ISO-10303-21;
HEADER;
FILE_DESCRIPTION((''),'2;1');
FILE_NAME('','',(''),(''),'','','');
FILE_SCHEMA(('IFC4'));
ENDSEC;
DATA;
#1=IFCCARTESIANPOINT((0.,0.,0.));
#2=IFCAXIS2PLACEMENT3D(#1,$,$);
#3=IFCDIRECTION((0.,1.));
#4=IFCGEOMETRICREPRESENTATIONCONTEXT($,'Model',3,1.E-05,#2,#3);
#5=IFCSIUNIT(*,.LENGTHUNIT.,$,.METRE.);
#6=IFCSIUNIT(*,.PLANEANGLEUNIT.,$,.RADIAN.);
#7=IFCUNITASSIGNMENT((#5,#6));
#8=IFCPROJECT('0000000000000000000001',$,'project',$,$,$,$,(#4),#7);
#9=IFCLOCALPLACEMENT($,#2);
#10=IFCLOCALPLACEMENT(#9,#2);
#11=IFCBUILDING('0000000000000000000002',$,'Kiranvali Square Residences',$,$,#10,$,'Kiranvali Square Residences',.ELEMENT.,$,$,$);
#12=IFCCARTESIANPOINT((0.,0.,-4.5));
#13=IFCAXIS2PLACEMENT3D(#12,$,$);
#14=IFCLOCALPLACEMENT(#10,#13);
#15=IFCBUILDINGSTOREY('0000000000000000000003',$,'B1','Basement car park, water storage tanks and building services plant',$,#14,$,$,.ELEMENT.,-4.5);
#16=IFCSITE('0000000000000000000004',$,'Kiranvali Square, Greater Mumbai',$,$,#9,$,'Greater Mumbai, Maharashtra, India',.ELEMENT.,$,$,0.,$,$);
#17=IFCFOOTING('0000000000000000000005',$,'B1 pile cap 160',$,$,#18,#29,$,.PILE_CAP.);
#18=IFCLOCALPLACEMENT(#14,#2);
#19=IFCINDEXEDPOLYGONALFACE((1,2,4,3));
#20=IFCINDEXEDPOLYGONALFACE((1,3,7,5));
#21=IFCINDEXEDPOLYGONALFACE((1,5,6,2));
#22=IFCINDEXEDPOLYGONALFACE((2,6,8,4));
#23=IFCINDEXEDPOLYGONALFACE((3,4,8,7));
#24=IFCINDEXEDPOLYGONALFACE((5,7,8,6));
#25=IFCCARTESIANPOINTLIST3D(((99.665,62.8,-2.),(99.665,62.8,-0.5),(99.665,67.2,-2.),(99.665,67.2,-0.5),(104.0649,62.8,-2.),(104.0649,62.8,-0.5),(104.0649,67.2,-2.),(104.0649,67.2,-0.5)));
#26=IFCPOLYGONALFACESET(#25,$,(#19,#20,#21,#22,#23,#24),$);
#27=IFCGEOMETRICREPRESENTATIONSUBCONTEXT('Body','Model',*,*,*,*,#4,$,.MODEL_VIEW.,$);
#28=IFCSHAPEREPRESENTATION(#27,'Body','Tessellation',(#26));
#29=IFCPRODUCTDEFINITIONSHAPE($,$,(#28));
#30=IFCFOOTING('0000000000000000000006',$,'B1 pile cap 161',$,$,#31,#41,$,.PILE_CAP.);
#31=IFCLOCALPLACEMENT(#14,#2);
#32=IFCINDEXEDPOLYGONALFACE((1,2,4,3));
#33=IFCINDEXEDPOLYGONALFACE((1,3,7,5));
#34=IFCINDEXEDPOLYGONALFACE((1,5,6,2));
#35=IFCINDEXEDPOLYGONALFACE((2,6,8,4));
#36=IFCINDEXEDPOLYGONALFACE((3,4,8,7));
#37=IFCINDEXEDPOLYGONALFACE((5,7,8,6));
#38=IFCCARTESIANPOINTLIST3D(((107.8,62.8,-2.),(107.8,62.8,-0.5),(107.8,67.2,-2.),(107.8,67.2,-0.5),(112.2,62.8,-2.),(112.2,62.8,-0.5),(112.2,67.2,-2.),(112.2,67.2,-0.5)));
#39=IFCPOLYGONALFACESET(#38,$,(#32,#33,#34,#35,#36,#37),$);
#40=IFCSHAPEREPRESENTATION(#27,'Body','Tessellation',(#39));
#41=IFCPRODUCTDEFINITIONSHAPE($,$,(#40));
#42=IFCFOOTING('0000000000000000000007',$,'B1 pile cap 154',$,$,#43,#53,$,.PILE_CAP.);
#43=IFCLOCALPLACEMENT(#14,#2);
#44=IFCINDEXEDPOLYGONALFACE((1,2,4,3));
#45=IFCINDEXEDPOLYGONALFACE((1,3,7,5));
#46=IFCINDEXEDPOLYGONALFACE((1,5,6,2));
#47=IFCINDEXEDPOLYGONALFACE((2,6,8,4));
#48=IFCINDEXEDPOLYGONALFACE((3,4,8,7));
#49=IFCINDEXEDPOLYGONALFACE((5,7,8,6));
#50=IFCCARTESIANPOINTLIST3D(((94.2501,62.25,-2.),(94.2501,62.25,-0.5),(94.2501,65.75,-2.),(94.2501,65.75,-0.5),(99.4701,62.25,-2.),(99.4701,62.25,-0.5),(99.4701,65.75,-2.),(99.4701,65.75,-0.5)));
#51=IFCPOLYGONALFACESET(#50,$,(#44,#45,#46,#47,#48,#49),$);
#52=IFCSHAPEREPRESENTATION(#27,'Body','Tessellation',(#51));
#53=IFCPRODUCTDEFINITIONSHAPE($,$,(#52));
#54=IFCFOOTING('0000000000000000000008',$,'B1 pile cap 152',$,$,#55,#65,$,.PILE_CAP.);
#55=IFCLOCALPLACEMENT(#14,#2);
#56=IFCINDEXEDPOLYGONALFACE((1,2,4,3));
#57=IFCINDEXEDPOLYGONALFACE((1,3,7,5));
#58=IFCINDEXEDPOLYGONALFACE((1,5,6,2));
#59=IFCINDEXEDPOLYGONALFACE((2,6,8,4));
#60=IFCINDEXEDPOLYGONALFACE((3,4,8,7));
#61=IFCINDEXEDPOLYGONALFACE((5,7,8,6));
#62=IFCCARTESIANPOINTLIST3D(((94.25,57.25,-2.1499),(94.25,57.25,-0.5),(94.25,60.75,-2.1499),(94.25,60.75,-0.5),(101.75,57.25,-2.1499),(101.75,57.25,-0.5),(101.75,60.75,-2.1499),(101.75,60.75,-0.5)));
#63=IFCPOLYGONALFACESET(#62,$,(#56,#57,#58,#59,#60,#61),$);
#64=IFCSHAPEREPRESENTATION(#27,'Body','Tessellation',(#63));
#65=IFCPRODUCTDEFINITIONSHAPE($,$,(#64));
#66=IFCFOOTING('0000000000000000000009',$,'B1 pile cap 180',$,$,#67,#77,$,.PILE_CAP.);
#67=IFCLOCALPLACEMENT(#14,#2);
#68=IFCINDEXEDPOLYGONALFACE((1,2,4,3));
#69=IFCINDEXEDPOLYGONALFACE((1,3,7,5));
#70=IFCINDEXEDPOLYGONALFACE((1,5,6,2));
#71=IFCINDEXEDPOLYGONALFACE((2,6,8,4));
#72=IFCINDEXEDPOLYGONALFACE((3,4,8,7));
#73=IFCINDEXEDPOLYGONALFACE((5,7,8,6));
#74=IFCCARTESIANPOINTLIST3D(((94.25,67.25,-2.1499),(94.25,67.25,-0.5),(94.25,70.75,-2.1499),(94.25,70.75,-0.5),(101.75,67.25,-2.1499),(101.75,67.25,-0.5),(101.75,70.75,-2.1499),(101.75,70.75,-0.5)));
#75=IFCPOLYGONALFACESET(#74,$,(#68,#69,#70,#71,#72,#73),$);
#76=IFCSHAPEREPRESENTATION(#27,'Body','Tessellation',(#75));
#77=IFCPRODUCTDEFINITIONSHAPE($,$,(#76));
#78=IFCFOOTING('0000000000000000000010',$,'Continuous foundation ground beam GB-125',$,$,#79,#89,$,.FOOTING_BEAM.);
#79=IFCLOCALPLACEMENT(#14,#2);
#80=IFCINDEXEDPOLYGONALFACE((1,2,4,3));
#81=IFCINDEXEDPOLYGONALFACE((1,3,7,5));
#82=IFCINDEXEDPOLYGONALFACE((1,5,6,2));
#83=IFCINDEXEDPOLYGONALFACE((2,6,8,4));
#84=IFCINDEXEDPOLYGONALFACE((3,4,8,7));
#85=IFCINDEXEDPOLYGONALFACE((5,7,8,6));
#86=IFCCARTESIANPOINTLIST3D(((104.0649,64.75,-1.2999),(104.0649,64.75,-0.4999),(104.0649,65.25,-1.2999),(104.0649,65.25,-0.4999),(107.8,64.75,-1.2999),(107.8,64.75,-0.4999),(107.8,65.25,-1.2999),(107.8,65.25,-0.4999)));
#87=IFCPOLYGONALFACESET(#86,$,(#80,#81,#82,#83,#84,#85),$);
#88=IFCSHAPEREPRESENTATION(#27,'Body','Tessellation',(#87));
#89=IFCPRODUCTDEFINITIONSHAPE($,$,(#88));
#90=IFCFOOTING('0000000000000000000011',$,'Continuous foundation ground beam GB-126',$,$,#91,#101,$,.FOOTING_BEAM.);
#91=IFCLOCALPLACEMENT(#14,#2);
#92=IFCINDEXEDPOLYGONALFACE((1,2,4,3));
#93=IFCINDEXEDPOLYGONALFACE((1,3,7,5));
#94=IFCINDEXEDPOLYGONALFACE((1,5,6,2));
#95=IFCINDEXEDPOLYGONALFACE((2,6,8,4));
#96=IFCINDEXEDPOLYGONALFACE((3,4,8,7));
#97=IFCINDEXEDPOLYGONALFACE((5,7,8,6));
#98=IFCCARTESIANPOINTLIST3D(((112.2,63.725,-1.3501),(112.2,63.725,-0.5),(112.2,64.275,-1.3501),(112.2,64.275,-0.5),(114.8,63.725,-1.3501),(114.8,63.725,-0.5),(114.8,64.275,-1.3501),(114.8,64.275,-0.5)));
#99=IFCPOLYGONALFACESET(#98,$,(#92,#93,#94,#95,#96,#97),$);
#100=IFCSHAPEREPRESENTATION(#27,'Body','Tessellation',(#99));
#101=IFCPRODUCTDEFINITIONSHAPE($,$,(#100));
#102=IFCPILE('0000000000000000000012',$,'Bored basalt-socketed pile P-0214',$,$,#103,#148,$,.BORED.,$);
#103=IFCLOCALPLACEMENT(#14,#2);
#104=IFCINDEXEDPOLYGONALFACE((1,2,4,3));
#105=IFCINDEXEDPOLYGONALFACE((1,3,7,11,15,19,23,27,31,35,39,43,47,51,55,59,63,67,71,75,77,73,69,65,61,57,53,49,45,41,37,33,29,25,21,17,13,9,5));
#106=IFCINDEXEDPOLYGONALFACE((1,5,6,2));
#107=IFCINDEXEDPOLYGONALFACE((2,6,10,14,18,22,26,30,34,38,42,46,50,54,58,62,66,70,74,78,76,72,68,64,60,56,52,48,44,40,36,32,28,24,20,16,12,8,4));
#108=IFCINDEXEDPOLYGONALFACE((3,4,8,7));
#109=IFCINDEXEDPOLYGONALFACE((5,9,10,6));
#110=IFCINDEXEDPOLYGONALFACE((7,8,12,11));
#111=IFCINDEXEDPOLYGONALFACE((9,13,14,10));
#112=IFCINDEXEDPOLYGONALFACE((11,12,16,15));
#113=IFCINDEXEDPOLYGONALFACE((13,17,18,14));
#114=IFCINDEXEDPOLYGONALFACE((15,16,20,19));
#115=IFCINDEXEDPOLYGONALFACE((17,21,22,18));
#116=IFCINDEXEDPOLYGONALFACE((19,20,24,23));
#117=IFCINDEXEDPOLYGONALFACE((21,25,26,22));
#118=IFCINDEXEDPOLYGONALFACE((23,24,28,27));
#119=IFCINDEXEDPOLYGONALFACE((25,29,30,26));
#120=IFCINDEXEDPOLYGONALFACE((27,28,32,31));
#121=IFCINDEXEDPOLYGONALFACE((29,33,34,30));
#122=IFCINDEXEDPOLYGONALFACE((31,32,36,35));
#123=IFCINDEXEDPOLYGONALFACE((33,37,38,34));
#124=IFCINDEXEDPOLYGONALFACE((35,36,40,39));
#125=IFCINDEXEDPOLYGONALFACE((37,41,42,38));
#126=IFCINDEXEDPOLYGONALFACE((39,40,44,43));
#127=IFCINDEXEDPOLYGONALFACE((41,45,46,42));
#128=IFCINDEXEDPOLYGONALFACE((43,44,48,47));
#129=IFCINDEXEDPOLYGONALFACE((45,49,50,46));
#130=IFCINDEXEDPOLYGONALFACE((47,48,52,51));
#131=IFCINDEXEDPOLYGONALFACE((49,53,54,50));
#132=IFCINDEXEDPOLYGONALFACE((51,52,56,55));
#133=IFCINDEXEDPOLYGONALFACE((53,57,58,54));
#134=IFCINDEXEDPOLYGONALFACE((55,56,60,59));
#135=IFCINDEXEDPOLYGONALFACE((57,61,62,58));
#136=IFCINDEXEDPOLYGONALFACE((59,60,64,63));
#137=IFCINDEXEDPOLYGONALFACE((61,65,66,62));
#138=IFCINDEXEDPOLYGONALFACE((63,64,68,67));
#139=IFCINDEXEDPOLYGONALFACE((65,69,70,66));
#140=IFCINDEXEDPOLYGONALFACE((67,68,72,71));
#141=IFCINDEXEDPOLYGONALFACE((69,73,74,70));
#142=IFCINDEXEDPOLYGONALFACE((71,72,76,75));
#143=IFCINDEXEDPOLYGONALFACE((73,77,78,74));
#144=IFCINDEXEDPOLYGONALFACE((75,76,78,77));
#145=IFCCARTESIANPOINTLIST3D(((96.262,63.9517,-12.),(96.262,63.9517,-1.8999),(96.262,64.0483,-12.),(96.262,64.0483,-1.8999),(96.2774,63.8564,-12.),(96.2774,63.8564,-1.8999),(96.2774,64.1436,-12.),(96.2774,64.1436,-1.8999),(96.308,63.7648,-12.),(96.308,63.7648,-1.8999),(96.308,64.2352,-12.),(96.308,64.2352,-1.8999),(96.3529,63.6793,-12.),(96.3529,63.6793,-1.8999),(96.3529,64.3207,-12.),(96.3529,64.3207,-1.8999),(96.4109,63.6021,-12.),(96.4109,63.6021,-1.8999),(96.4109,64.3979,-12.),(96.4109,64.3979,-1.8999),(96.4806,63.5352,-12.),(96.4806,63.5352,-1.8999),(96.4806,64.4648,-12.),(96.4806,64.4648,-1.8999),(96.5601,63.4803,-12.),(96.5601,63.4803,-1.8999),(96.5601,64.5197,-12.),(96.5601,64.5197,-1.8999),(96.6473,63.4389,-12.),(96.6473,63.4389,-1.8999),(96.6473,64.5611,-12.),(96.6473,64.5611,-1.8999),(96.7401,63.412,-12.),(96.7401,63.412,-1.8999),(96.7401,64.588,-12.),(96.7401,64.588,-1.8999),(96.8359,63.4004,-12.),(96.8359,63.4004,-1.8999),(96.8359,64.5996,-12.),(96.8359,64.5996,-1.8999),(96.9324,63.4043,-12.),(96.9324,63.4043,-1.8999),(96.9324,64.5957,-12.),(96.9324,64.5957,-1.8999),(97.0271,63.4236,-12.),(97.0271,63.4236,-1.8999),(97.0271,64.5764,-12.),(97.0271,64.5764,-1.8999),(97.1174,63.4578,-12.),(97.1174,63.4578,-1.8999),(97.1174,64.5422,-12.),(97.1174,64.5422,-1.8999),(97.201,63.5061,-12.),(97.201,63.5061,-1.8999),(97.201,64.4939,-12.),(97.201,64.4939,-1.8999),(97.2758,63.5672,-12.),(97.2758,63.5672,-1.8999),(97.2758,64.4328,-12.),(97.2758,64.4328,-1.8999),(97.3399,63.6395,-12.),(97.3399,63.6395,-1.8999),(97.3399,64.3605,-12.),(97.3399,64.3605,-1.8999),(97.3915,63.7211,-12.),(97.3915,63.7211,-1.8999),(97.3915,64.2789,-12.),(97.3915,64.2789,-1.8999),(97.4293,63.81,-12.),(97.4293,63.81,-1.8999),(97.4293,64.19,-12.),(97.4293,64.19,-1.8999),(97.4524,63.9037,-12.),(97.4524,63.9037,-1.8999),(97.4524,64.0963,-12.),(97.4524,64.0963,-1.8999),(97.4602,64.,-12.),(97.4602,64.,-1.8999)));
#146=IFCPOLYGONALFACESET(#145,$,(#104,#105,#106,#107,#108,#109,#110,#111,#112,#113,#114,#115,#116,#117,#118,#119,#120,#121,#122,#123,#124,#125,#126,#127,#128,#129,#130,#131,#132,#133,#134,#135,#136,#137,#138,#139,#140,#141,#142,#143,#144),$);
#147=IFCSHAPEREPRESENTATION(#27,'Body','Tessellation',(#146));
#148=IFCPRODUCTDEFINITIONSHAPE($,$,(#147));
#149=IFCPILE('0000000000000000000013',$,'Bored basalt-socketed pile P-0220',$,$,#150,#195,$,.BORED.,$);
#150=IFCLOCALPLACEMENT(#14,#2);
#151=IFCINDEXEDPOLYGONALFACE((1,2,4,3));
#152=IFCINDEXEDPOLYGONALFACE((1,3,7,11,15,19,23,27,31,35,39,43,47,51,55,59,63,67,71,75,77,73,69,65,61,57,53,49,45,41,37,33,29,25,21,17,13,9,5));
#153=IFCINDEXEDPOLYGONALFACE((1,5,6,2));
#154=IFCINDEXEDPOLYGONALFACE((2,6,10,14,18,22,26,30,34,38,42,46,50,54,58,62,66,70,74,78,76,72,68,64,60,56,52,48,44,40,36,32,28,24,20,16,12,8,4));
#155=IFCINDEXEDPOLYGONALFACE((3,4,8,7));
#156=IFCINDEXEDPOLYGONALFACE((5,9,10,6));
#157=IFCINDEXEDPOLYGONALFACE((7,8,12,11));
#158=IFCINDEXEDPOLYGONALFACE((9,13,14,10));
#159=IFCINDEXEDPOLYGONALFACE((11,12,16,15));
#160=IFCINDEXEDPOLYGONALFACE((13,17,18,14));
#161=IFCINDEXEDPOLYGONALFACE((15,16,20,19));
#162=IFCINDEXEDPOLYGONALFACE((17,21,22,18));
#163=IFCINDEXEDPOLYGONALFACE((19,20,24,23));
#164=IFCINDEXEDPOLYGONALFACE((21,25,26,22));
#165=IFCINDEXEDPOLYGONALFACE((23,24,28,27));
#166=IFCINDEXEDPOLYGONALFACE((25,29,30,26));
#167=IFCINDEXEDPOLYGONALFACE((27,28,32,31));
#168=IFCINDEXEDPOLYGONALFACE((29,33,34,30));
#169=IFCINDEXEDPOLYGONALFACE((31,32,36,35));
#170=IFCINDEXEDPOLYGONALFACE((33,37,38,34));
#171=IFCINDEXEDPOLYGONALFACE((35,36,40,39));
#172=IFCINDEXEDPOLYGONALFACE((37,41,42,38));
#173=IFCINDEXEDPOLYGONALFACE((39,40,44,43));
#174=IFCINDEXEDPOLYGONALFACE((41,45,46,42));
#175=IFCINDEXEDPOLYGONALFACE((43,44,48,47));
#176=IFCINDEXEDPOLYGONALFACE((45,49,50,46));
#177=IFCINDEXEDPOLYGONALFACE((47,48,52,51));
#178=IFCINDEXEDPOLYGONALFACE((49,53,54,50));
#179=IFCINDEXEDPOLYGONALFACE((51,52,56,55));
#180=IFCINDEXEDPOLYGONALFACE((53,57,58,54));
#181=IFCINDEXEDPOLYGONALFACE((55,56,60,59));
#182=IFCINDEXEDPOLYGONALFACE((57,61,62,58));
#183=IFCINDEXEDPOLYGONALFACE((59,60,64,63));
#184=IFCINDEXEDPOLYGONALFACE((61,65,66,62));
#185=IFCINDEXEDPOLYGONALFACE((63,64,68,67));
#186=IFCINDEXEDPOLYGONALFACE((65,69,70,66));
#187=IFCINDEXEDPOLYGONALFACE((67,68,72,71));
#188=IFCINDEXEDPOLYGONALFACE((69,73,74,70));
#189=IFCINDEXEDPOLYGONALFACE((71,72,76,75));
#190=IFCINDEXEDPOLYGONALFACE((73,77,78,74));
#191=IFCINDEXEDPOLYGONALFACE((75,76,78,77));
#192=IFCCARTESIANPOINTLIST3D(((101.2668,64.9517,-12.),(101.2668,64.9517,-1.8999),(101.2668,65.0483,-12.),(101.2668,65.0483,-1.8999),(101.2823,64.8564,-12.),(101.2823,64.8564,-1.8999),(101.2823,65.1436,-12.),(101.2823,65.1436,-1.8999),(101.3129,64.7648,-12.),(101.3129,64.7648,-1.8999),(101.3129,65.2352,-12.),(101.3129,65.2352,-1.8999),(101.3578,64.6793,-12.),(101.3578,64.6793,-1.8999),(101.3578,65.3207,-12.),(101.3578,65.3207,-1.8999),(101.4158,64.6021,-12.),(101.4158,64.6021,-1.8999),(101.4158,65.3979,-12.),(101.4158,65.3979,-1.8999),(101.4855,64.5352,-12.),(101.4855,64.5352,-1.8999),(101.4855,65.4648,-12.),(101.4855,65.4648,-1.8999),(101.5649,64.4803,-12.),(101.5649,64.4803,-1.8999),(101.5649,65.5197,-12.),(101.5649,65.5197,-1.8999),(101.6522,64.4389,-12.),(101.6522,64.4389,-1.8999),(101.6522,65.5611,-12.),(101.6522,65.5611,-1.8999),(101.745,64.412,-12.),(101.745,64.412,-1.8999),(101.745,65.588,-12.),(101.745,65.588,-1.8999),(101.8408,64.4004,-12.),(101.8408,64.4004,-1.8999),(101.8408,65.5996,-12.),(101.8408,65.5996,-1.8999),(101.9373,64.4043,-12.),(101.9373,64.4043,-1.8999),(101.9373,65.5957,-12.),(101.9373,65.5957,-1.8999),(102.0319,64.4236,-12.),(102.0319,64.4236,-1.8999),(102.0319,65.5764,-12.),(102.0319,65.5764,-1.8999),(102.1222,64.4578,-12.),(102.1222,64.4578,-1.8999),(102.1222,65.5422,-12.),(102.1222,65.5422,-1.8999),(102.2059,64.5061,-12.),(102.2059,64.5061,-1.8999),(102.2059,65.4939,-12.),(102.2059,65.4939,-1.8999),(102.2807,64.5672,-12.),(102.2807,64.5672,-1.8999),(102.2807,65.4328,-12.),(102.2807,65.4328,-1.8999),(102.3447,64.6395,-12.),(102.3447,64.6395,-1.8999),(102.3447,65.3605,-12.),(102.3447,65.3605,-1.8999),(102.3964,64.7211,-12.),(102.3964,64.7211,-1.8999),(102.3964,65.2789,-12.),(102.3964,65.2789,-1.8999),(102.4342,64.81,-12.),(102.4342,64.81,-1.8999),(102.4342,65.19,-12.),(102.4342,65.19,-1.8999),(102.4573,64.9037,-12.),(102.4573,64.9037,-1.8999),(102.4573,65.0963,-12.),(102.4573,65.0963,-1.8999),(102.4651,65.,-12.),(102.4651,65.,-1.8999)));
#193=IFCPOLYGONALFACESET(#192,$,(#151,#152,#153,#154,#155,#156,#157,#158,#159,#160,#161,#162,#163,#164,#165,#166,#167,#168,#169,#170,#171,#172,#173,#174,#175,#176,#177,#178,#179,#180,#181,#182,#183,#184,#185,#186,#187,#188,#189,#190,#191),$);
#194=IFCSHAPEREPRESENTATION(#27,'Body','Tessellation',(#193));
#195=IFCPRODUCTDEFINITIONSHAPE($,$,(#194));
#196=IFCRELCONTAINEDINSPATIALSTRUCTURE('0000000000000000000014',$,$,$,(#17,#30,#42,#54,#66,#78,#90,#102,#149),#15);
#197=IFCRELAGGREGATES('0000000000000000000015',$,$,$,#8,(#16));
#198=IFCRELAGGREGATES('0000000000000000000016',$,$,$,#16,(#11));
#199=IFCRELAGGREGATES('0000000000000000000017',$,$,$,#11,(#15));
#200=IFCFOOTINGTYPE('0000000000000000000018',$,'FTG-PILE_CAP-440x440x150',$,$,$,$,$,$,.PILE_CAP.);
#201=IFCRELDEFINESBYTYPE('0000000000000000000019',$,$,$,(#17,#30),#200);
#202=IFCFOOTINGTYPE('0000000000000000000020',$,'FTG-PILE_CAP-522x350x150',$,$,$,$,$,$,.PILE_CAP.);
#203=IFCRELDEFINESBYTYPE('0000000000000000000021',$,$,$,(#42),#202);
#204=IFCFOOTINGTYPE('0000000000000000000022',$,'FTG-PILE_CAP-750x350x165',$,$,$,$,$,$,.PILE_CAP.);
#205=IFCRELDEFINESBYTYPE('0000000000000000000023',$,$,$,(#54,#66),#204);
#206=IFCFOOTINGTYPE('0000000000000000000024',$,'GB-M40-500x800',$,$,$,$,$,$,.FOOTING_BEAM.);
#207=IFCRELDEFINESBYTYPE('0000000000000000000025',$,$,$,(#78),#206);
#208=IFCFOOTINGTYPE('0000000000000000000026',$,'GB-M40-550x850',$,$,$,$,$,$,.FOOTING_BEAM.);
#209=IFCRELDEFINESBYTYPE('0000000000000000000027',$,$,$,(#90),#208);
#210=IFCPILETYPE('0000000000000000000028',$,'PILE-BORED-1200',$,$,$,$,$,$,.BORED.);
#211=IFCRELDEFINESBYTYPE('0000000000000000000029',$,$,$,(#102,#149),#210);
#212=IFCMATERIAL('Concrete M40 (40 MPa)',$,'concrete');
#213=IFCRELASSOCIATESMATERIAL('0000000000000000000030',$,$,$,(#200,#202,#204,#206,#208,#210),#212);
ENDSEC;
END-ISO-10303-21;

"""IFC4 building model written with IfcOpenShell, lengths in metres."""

from ifc_helpers import new_model, si_unit, direction, frame, origin, origin_2d, place, context, subcontext, project, spatial, rectangle, circle, extrude, material, material_profile, profile_set, type_object, element, save


model = new_model("IFC4")

# Units and contexts
model_context = context("Model", 3, precision=1e-05, world=origin(), true_north=direction((0.0, 1.0)))
body_context = subcontext(model_context, "Body", "Model", "MODEL_VIEW")
ifc_project = project(units=[si_unit("LENGTHUNIT", "METRE"), si_unit("PLANEANGLEUNIT", "RADIAN")], contexts=[model_context])

# Site, building, storey
site_placement = place(None, origin())
site = spatial("IfcSite", under=ifc_project, at=site_placement, Name="Kiranvali Square, Greater Mumbai", LongName="Greater Mumbai, Maharashtra, India", CompositionType="ELEMENT", RefElevation=0.0)
building_placement = place(site_placement, origin())
building = spatial("IfcBuilding", under=site, at=building_placement, Name="Kiranvali Square Residences", LongName="Kiranvali Square Residences", CompositionType="ELEMENT")
storey_placement = place(building_placement, frame((0.0, 0.0, -4.5)))
storey = spatial("IfcBuildingStorey", under=building, at=storey_placement, Name="B1", Description="Basement car park, water storage tanks and building services plant", CompositionType="ELEMENT", Elevation=-4.5)

# Footings
ifc_material_1 = material(Name="Concrete M40 (40 MPa)", Category="concrete")
footing_type_1 = type_object("IfcFootingType", Name="FTG-PILE_CAP-440x440x150", PredefinedType="PILE_CAP", material=ifc_material_1)
for number, where, z_axis, x_axis, name in (
    (1, (101.865, 65.0, -2.0), (0.0, 0.0, 1.0), (1.0, 0.0, 0.0), "B1 pile cap 160"),
    (2, (110.0, 65.0, -2.0), (0.0, 0.0, 1.0), (1.0, 0.0, 0.0), "B1 pile cap 161"),
):
    element("IfcFooting", number, at=place(storey_placement, frame(where, z_axis=z_axis, x_axis=x_axis)), inside=storey, type_object=footing_type_1, Name=name, PredefinedType="PILE_CAP", context=body_context, shape_type="SweptSolid", body=[
        extrude(rectangle(XDim=4.3999, YDim=4.3999, at=origin_2d()), origin(), (0.0, 0.0, 1.0), 1.5),
    ])
footing_type_2 = type_object("IfcFootingType", Name="FTG-PILE_CAP-522x350x150", PredefinedType="PILE_CAP", material=ifc_material_1)
footing_1_placement = place(storey_placement, frame((96.8601, 64.0, -2.0), z_axis=(0.0, 0.0, 1.0), x_axis=(1.0, 0.0, 0.0)))
element("IfcFooting", 3, at=footing_1_placement, inside=storey, type_object=footing_type_2, Name="B1 pile cap 154", PredefinedType="PILE_CAP", context=body_context, shape_type="SweptSolid", body=[
    extrude(rectangle(XDim=5.22, YDim=3.5, at=origin_2d()), origin(), (0.0, 0.0, 1.0), 1.5),
])
footing_type_3 = type_object("IfcFootingType", Name="FTG-PILE_CAP-750x350x165", PredefinedType="PILE_CAP", material=ifc_material_1)
for number, where, z_axis, x_axis, name in (
    (4, (98.0, 59.0, -2.1499), (0.0, 0.0, 1.0), (1.0, 0.0, 0.0), "B1 pile cap 152"),
    (5, (98.0, 69.0, -2.1499), (0.0, 0.0, 1.0), (1.0, 0.0, 0.0), "B1 pile cap 180"),
):
    element("IfcFooting", number, at=place(storey_placement, frame(where, z_axis=z_axis, x_axis=x_axis)), inside=storey, type_object=footing_type_3, Name=name, PredefinedType="PILE_CAP", context=body_context, shape_type="SweptSolid", body=[
        extrude(rectangle(XDim=7.5, YDim=3.5, at=origin_2d()), origin(), (0.0, 0.0, 1.0), 1.6499),
    ])
ifc_material_profile_1 = material_profile(ifc_material_1, rectangle(XDim=0.5, YDim=0.8, at=origin_2d()), Name="GB 500x800")
ifc_profile_set_1 = profile_set([ifc_material_profile_1], Name="Concrete M40 (40 MPa)")
footing_type_4 = type_object("IfcFootingType", Name="GB-M40-500x800", PredefinedType="FOOTING_BEAM", material=ifc_profile_set_1)
footing_2_placement = place(storey_placement, frame((104.0649, 65.0, -0.8999), z_axis=(1.0, 0.0, 0.0), x_axis=(0.0, 1.0, 0.0)))
element("IfcFooting", 6, at=footing_2_placement, inside=storey, type_object=footing_type_4, Name="Continuous foundation ground beam GB-125", PredefinedType="FOOTING_BEAM", context=body_context, shape_type="SweptSolid", body=[
    extrude(rectangle(XDim=0.5, YDim=0.8, at=origin_2d()), origin(), (0.0, 0.0, 1.0), 3.7351),
])
ifc_material_profile_2 = material_profile(ifc_material_1, rectangle(XDim=0.55, YDim=0.8501, at=origin_2d()), Name="GB 550x850")
ifc_profile_set_2 = profile_set([ifc_material_profile_2], Name="Concrete M40 (40 MPa)")
footing_type_5 = type_object("IfcFootingType", Name="GB-M40-550x850", PredefinedType="FOOTING_BEAM", material=ifc_profile_set_2)
footing_3_placement = place(storey_placement, frame((112.2, 64.0, -0.925), z_axis=(1.0, 0.0, 0.0), x_axis=(0.0, 1.0, 0.0)))
element("IfcFooting", 7, at=footing_3_placement, inside=storey, type_object=footing_type_5, Name="Continuous foundation ground beam GB-126", PredefinedType="FOOTING_BEAM", context=body_context, shape_type="SweptSolid", body=[
    extrude(rectangle(XDim=0.55, YDim=0.8501, at=origin_2d()), origin(), (0.0, 0.0, 1.0), 2.6001),
])

# Piles
ifc_material_profile_3 = material_profile(ifc_material_1, circle(Radius=0.6001, at=origin_2d()), Name="BORED PILE 1200")
ifc_profile_set_3 = profile_set([ifc_material_profile_3], Name="Concrete M40 (40 MPa)")
pile_type = type_object("IfcPileType", Name="PILE-BORED-1200", PredefinedType="BORED", material=ifc_profile_set_3)
for number, where, z_axis, x_axis, name in (
    (8, (96.8601, 64.0, -1.8999), (0.0, 0.0, -1.0), (1.0, 0.0, 0.0), "Bored basalt-socketed pile P-0214"),
    (9, (101.865, 65.0, -1.8999), (0.0, 0.0, -1.0), (1.0, 0.0, 0.0), "Bored basalt-socketed pile P-0220"),
):
    element("IfcPile", number, at=place(storey_placement, frame(where, z_axis=z_axis, x_axis=x_axis)), inside=storey, type_object=pile_type, Name=name, PredefinedType="BORED", context=body_context, shape_type="SweptSolid", body=[
        extrude(circle(Radius=0.6001, at=origin_2d()), origin(), (0.0, 0.0, 1.0), 10.1001),
    ])

save(model, "model.ifc")
